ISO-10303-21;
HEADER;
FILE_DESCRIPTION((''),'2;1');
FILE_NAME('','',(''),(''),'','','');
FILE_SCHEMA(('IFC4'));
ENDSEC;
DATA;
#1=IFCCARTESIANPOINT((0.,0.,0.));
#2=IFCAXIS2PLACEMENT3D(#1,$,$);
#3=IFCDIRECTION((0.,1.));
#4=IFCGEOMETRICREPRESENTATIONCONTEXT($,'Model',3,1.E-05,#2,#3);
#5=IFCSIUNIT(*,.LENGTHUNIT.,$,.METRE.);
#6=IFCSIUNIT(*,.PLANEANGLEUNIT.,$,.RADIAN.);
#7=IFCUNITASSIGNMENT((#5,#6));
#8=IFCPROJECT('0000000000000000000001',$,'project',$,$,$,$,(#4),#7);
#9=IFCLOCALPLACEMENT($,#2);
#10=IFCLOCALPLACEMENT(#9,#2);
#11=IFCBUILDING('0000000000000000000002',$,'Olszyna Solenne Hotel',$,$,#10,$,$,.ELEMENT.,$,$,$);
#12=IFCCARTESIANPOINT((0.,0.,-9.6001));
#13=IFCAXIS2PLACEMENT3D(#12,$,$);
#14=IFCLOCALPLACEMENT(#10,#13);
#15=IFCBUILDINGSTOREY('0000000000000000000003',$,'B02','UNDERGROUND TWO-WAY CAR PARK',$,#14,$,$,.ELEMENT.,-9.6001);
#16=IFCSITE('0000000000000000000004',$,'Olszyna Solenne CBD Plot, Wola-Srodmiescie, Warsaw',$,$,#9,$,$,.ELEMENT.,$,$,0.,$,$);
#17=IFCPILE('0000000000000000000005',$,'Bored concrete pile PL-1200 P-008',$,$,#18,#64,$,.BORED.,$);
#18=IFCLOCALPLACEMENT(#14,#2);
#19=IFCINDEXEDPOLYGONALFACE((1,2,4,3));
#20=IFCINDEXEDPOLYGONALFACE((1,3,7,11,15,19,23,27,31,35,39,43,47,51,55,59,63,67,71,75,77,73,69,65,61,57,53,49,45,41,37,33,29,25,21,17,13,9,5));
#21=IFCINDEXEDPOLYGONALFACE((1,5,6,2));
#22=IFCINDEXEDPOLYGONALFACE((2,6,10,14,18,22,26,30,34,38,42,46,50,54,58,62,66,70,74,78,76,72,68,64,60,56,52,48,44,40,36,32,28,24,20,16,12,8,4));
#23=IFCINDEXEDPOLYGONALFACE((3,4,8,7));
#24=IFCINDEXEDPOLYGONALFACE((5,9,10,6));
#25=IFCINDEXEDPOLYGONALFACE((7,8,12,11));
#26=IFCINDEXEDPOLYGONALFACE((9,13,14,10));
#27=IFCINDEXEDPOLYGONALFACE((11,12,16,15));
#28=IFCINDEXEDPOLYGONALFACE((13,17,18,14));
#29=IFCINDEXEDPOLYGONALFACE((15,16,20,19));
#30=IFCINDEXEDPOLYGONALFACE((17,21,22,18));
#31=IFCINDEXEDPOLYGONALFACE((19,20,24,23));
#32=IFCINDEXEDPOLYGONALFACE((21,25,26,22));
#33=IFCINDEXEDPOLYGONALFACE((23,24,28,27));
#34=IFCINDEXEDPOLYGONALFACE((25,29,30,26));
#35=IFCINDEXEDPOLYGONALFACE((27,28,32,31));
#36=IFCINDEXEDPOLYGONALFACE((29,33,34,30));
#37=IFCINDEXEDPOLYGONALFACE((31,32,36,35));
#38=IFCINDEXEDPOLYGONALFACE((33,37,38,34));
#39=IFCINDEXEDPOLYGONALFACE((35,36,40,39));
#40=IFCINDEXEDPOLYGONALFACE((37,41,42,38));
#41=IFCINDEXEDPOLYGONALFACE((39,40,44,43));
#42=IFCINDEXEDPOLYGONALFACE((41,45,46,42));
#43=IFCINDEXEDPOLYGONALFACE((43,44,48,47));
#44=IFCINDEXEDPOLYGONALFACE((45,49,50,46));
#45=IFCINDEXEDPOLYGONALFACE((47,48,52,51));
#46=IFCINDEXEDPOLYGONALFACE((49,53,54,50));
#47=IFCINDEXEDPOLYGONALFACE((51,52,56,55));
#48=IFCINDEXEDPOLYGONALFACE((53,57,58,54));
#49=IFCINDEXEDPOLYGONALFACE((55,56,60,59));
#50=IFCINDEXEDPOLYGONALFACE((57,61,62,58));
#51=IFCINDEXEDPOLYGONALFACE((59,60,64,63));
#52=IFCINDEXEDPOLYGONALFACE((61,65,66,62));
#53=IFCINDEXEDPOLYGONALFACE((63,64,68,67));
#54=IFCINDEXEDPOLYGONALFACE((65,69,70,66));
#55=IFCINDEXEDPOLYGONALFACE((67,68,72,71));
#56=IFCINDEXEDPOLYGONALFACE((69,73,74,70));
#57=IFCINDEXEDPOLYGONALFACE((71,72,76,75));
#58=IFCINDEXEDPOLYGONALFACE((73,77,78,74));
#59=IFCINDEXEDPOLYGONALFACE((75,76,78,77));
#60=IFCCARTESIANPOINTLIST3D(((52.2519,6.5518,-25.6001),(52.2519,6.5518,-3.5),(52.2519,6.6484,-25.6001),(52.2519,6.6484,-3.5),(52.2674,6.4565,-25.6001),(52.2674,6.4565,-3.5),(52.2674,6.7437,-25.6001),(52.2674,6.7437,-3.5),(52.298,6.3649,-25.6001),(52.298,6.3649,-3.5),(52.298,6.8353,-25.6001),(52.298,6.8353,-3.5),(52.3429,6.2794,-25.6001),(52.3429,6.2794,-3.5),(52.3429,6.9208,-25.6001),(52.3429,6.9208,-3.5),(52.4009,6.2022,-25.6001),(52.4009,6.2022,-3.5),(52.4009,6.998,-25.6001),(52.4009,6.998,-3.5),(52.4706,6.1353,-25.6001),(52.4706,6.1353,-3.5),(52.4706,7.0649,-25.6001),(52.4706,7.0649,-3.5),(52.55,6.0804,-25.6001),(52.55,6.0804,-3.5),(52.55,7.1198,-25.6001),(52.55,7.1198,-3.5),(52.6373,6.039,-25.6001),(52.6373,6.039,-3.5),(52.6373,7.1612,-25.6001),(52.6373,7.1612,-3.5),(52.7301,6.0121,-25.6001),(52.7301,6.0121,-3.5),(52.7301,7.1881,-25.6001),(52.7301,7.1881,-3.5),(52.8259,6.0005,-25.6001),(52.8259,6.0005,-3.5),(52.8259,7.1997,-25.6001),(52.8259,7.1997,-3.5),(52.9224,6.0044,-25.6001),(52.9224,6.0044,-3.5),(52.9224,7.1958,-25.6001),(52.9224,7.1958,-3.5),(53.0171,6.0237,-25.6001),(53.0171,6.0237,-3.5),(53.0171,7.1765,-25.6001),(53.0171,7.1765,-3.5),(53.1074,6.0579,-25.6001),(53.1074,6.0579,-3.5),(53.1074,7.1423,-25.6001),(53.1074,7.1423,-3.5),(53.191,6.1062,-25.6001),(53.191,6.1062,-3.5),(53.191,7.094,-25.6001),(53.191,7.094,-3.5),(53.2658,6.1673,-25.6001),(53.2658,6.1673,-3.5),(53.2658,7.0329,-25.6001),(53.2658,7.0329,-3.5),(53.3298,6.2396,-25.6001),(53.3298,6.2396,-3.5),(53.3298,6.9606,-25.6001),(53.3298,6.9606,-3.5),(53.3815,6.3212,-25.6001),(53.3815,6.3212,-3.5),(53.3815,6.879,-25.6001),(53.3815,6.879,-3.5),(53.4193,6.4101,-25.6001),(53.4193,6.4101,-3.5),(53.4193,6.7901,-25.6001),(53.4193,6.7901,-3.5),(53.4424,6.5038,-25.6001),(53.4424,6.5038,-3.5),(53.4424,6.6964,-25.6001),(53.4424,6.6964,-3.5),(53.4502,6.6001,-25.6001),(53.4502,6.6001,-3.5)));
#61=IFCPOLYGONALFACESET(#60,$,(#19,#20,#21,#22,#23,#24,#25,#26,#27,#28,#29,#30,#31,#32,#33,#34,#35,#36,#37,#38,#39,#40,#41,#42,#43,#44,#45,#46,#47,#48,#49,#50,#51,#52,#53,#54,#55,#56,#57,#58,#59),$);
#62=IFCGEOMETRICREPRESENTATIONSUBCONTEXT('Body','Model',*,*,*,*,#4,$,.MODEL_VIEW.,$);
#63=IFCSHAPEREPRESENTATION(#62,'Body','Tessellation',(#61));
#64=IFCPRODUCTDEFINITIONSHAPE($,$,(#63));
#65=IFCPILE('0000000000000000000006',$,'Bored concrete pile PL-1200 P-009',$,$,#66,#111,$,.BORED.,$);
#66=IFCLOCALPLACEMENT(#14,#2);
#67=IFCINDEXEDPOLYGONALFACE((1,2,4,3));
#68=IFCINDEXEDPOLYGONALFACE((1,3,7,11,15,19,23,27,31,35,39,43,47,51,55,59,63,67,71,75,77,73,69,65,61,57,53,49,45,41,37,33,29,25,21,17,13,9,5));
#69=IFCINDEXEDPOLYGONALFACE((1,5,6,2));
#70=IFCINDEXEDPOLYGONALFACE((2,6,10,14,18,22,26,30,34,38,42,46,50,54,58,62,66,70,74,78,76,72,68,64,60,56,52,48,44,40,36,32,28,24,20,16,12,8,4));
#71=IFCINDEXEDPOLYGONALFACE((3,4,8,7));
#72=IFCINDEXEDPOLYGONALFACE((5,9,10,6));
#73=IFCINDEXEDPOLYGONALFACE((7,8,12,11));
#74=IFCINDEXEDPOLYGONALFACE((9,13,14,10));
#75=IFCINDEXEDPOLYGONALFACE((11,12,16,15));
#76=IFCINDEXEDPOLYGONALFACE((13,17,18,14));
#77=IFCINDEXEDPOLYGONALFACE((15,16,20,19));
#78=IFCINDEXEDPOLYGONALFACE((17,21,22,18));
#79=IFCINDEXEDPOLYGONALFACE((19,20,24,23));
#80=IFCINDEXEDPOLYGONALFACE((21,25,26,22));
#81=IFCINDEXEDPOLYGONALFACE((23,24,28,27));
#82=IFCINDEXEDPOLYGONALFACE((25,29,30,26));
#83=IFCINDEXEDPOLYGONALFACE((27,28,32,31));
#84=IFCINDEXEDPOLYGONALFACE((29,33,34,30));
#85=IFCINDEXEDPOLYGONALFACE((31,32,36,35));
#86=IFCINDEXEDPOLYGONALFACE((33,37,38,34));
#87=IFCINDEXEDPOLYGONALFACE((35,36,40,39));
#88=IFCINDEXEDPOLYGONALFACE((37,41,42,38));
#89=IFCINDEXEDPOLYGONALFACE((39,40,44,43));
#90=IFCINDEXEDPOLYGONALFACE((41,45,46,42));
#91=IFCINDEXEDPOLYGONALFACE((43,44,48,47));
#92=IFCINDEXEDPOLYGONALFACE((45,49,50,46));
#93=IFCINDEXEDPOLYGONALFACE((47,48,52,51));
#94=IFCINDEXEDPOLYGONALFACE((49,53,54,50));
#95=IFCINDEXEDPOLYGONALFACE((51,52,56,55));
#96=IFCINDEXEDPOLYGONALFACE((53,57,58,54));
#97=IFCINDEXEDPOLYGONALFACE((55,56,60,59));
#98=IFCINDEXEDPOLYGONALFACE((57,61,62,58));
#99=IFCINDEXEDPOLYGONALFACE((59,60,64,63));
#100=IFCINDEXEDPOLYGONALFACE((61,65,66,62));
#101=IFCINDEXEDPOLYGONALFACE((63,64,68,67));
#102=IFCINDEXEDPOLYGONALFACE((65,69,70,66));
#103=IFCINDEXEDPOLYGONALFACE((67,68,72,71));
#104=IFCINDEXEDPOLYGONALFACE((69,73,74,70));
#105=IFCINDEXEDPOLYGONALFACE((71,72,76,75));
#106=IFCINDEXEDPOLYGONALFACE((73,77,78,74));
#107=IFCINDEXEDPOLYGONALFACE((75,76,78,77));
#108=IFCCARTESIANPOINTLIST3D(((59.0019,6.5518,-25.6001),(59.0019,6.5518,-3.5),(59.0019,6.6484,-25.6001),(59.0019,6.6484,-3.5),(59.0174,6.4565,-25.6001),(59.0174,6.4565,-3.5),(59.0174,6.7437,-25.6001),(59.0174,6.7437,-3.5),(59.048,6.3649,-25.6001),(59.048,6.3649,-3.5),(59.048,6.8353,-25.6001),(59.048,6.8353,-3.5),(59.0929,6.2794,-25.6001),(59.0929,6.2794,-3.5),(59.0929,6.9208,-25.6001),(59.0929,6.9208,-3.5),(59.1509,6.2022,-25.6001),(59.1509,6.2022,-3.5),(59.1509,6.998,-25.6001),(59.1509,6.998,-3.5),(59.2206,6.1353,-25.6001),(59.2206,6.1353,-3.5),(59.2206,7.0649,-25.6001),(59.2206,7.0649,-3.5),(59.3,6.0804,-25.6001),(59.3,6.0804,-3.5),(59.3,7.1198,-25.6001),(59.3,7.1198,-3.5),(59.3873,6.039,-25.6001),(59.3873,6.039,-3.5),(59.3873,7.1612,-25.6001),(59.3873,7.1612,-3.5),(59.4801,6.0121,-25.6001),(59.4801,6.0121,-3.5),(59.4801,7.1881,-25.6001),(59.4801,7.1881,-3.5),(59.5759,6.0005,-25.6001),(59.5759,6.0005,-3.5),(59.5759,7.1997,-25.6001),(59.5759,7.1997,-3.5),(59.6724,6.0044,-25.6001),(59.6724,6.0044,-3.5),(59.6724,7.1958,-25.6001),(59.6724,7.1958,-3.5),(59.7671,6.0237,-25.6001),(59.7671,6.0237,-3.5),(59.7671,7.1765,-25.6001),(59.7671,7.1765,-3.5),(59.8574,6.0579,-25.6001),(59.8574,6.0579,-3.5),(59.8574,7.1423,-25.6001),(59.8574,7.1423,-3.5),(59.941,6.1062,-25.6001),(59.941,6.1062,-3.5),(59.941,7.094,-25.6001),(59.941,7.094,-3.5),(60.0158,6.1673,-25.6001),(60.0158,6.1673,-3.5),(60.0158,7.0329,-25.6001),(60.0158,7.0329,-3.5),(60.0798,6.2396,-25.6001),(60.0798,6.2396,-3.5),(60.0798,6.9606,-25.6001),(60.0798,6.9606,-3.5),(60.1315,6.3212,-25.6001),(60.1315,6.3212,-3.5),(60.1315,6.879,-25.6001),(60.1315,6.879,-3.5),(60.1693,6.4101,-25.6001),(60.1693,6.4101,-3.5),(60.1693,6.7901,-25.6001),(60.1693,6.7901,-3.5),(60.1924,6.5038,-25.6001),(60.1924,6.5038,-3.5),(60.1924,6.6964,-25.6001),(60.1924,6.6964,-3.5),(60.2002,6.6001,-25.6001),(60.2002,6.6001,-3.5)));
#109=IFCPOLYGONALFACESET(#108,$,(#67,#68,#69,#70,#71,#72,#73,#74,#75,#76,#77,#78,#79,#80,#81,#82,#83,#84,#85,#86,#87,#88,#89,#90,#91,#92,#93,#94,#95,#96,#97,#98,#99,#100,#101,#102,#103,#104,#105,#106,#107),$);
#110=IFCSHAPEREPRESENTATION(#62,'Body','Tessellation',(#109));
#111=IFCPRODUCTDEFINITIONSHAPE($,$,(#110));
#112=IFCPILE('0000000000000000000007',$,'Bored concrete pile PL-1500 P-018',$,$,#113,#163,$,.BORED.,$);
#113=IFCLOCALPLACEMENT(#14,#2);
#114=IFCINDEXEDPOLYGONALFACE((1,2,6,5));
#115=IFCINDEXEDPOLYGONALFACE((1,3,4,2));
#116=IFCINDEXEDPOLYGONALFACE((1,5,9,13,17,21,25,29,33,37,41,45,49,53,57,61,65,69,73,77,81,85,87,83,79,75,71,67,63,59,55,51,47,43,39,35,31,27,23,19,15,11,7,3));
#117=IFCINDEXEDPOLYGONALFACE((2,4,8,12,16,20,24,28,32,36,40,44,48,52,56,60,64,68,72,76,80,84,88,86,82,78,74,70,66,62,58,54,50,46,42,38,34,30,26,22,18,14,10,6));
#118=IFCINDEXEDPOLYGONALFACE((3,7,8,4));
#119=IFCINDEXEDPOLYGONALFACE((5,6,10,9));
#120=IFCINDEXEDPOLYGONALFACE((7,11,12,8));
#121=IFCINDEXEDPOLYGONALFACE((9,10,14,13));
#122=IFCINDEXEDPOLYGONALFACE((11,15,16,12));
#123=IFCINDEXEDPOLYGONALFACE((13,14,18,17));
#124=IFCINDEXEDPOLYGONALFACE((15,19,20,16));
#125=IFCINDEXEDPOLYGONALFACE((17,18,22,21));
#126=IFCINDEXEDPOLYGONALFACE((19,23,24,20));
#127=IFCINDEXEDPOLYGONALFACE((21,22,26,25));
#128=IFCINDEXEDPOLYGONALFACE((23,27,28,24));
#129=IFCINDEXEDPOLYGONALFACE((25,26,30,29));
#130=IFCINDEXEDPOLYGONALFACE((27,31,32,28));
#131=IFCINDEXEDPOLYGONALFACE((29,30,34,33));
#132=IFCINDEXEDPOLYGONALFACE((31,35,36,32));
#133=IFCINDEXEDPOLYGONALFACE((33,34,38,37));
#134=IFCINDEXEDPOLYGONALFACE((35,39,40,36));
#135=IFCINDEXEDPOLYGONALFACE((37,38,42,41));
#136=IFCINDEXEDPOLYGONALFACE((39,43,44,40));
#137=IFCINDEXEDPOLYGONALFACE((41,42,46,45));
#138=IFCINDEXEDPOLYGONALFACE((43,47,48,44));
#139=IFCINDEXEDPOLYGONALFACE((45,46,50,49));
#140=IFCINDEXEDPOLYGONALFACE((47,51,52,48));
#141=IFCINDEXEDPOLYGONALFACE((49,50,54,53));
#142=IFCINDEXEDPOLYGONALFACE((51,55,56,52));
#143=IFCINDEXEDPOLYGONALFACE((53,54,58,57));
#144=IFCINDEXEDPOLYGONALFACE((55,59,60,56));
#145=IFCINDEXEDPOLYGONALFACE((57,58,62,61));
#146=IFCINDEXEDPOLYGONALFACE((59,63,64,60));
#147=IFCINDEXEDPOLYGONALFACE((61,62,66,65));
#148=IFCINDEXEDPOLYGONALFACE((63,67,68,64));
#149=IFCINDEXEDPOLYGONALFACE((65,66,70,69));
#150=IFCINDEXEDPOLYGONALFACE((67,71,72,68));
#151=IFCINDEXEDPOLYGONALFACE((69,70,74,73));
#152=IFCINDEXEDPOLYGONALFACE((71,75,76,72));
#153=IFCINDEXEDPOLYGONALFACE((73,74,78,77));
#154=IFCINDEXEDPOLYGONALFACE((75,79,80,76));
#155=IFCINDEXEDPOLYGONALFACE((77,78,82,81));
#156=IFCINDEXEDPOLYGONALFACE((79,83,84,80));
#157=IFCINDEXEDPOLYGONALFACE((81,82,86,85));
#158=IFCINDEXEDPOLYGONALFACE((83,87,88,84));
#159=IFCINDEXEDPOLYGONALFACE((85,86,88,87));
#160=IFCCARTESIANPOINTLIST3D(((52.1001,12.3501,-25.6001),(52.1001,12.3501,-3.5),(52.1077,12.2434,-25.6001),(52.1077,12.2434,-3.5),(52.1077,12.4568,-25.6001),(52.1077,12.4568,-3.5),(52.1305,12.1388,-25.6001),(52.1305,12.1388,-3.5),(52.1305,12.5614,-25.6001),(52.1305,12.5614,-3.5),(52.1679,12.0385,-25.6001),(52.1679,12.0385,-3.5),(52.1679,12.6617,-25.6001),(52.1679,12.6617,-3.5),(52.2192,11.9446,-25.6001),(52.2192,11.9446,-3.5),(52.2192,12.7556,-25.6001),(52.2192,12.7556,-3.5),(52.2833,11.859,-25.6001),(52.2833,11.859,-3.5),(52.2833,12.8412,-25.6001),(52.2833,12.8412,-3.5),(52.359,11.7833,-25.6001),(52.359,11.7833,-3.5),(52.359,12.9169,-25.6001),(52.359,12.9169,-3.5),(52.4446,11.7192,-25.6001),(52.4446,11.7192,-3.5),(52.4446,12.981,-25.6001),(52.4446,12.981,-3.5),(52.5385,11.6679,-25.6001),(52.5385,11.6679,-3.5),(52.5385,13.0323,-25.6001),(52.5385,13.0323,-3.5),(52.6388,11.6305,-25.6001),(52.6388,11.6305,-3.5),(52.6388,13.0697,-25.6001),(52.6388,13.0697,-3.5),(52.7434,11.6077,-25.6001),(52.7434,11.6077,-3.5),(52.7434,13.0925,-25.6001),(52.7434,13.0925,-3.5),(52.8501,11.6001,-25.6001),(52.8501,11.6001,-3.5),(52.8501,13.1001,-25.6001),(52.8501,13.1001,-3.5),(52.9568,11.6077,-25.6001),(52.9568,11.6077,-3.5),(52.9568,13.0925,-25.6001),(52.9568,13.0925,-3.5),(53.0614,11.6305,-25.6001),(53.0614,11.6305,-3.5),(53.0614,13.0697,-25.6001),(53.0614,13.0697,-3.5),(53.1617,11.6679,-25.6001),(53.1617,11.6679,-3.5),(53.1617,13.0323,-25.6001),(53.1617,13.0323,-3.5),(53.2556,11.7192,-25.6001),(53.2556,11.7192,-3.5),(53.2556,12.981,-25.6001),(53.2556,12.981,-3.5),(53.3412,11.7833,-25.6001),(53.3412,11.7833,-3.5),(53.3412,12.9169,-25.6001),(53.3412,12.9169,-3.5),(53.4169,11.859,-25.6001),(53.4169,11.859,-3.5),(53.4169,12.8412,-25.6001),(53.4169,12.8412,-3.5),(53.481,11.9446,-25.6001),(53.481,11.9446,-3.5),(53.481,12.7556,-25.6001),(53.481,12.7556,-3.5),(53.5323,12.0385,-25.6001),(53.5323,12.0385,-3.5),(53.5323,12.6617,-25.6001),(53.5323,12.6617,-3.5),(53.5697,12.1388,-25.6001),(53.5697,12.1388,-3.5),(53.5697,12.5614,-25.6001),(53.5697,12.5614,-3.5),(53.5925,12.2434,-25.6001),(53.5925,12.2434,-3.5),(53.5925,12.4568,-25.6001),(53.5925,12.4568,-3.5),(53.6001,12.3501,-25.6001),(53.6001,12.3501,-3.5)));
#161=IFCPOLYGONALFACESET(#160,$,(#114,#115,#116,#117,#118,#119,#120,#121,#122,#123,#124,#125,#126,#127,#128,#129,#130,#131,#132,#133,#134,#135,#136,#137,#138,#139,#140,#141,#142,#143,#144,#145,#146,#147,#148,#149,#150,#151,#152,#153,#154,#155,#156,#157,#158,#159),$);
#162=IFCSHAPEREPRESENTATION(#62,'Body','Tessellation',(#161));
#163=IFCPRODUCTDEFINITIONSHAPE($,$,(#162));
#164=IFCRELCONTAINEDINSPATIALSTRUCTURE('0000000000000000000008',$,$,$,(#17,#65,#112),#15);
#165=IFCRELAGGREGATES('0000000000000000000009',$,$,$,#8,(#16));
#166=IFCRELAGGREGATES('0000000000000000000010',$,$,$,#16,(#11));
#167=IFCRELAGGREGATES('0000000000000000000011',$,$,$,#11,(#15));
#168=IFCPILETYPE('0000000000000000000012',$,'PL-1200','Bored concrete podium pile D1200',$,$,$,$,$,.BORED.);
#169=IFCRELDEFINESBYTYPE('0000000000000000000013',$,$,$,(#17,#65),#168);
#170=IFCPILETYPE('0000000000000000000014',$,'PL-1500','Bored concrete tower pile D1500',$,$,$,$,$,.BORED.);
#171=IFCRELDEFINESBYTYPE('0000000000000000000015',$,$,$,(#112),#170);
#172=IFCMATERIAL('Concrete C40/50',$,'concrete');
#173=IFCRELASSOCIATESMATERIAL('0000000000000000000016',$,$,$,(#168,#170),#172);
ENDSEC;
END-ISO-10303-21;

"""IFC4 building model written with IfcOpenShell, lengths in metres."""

from ifc_helpers import new_model, si_unit, direction, frame, origin, origin_2d, place, context, subcontext, project, spatial, circle, extrude, source, transform, mapped, material, material_profile, profile_set, type_object, element, save


model = new_model("IFC4")

# Units and contexts
model_context = context("Model", 3, precision=1e-05, world=origin(), true_north=direction((0.0, 1.0)))
body_context = subcontext(model_context, "Body", "Model", "MODEL_VIEW")
ifc_project = project(units=[si_unit("LENGTHUNIT", "METRE"), si_unit("PLANEANGLEUNIT", "RADIAN")], contexts=[model_context])

# Site, building, storey
site_placement = place(None, origin())
site = spatial("IfcSite", under=ifc_project, at=site_placement, Name="Olszyna Solenne CBD Plot, Wola-Srodmiescie, Warsaw", CompositionType="ELEMENT", RefElevation=0.0)
building_placement = place(site_placement, origin())
building = spatial("IfcBuilding", under=site, at=building_placement, Name="Olszyna Solenne Hotel", CompositionType="ELEMENT")
storey_placement = place(building_placement, frame((0.0, 0.0, -9.6001)))
storey = spatial("IfcBuildingStorey", under=building, at=storey_placement, Name="B02", Description="UNDERGROUND TWO-WAY CAR PARK", CompositionType="ELEMENT", Elevation=-9.6001)

# Piles
ifc_material_1 = material(Name="Concrete C40/50", Category="concrete")
ifc_material_profile_1 = material_profile(ifc_material_1, circle(Radius=0.6001, at=origin_2d()), Name="BORED PILE 1200", Category="load-bearing")
ifc_profile_set_1 = profile_set([ifc_material_profile_1], Name="Concrete C40/50")
pile_type_1 = type_object("IfcPileType", Name="PL-1200", Description="Bored concrete podium pile D1200", PredefinedType="BORED", material=ifc_profile_set_1)
shared_shape_1 = source(origin(), body_context, "Body", "SweptSolid", [
    extrude(circle(Radius=0.6001, at=origin_2d()), origin(), (0.0, 0.0, 1.0), 22.1001),
])
for number, where, z_axis, x_axis, name in (
    (1, (52.8501, 6.6001, -3.5), (0.0, 0.0, -1.0), (1.0, 0.0, 0.0), "Bored concrete pile PL-1200 P-008"),
    (2, (59.6001, 6.6001, -3.5), (0.0, 0.0, -1.0), (1.0, 0.0, 0.0), "Bored concrete pile PL-1200 P-009"),
):
    element("IfcPile", number, at=place(storey_placement, frame(where, z_axis=z_axis, x_axis=x_axis)), inside=storey, type_object=pile_type_1, Name=name, PredefinedType="BORED", context=body_context, shape_type="MappedRepresentation", body=[
        mapped(shared_shape_1, transform((0.0, 0.0, 0.0), x_axis=(1.0, 0.0, 0.0), y_axis=(0.0, 1.0, 0.0), z_axis=(0.0, 0.0, 1.0), scale=1.0)),
    ])
ifc_material_profile_2 = material_profile(ifc_material_1, circle(Radius=0.75, at=origin_2d()), Name="BORED PILE 1500", Category="load-bearing")
ifc_profile_set_2 = profile_set([ifc_material_profile_2], Name="Concrete C40/50")
pile_type_2 = type_object("IfcPileType", Name="PL-1500", Description="Bored concrete tower pile D1500", PredefinedType="BORED", material=ifc_profile_set_2)
shared_shape_2 = source(origin(), body_context, "Body", "SweptSolid", [
    extrude(circle(Radius=0.75, at=origin_2d()), origin(), (0.0, 0.0, 1.0), 22.1001),
])
for number, where, z_axis, x_axis, name in (
    (3, (52.8501, 12.3501, -3.5), (0.0, 0.0, -1.0), (1.0, 0.0, 0.0), "Bored concrete pile PL-1500 P-018"),
):
    element("IfcPile", number, at=place(storey_placement, frame(where, z_axis=z_axis, x_axis=x_axis)), inside=storey, type_object=pile_type_2, Name=name, PredefinedType="BORED", context=body_context, shape_type="MappedRepresentation", body=[
        mapped(shared_shape_2, transform((0.0, 0.0, 0.0), x_axis=(1.0, 0.0, 0.0), y_axis=(0.0, 1.0, 0.0), z_axis=(0.0, 0.0, 1.0), scale=1.0)),
    ])

save(model, "model.ifc")
